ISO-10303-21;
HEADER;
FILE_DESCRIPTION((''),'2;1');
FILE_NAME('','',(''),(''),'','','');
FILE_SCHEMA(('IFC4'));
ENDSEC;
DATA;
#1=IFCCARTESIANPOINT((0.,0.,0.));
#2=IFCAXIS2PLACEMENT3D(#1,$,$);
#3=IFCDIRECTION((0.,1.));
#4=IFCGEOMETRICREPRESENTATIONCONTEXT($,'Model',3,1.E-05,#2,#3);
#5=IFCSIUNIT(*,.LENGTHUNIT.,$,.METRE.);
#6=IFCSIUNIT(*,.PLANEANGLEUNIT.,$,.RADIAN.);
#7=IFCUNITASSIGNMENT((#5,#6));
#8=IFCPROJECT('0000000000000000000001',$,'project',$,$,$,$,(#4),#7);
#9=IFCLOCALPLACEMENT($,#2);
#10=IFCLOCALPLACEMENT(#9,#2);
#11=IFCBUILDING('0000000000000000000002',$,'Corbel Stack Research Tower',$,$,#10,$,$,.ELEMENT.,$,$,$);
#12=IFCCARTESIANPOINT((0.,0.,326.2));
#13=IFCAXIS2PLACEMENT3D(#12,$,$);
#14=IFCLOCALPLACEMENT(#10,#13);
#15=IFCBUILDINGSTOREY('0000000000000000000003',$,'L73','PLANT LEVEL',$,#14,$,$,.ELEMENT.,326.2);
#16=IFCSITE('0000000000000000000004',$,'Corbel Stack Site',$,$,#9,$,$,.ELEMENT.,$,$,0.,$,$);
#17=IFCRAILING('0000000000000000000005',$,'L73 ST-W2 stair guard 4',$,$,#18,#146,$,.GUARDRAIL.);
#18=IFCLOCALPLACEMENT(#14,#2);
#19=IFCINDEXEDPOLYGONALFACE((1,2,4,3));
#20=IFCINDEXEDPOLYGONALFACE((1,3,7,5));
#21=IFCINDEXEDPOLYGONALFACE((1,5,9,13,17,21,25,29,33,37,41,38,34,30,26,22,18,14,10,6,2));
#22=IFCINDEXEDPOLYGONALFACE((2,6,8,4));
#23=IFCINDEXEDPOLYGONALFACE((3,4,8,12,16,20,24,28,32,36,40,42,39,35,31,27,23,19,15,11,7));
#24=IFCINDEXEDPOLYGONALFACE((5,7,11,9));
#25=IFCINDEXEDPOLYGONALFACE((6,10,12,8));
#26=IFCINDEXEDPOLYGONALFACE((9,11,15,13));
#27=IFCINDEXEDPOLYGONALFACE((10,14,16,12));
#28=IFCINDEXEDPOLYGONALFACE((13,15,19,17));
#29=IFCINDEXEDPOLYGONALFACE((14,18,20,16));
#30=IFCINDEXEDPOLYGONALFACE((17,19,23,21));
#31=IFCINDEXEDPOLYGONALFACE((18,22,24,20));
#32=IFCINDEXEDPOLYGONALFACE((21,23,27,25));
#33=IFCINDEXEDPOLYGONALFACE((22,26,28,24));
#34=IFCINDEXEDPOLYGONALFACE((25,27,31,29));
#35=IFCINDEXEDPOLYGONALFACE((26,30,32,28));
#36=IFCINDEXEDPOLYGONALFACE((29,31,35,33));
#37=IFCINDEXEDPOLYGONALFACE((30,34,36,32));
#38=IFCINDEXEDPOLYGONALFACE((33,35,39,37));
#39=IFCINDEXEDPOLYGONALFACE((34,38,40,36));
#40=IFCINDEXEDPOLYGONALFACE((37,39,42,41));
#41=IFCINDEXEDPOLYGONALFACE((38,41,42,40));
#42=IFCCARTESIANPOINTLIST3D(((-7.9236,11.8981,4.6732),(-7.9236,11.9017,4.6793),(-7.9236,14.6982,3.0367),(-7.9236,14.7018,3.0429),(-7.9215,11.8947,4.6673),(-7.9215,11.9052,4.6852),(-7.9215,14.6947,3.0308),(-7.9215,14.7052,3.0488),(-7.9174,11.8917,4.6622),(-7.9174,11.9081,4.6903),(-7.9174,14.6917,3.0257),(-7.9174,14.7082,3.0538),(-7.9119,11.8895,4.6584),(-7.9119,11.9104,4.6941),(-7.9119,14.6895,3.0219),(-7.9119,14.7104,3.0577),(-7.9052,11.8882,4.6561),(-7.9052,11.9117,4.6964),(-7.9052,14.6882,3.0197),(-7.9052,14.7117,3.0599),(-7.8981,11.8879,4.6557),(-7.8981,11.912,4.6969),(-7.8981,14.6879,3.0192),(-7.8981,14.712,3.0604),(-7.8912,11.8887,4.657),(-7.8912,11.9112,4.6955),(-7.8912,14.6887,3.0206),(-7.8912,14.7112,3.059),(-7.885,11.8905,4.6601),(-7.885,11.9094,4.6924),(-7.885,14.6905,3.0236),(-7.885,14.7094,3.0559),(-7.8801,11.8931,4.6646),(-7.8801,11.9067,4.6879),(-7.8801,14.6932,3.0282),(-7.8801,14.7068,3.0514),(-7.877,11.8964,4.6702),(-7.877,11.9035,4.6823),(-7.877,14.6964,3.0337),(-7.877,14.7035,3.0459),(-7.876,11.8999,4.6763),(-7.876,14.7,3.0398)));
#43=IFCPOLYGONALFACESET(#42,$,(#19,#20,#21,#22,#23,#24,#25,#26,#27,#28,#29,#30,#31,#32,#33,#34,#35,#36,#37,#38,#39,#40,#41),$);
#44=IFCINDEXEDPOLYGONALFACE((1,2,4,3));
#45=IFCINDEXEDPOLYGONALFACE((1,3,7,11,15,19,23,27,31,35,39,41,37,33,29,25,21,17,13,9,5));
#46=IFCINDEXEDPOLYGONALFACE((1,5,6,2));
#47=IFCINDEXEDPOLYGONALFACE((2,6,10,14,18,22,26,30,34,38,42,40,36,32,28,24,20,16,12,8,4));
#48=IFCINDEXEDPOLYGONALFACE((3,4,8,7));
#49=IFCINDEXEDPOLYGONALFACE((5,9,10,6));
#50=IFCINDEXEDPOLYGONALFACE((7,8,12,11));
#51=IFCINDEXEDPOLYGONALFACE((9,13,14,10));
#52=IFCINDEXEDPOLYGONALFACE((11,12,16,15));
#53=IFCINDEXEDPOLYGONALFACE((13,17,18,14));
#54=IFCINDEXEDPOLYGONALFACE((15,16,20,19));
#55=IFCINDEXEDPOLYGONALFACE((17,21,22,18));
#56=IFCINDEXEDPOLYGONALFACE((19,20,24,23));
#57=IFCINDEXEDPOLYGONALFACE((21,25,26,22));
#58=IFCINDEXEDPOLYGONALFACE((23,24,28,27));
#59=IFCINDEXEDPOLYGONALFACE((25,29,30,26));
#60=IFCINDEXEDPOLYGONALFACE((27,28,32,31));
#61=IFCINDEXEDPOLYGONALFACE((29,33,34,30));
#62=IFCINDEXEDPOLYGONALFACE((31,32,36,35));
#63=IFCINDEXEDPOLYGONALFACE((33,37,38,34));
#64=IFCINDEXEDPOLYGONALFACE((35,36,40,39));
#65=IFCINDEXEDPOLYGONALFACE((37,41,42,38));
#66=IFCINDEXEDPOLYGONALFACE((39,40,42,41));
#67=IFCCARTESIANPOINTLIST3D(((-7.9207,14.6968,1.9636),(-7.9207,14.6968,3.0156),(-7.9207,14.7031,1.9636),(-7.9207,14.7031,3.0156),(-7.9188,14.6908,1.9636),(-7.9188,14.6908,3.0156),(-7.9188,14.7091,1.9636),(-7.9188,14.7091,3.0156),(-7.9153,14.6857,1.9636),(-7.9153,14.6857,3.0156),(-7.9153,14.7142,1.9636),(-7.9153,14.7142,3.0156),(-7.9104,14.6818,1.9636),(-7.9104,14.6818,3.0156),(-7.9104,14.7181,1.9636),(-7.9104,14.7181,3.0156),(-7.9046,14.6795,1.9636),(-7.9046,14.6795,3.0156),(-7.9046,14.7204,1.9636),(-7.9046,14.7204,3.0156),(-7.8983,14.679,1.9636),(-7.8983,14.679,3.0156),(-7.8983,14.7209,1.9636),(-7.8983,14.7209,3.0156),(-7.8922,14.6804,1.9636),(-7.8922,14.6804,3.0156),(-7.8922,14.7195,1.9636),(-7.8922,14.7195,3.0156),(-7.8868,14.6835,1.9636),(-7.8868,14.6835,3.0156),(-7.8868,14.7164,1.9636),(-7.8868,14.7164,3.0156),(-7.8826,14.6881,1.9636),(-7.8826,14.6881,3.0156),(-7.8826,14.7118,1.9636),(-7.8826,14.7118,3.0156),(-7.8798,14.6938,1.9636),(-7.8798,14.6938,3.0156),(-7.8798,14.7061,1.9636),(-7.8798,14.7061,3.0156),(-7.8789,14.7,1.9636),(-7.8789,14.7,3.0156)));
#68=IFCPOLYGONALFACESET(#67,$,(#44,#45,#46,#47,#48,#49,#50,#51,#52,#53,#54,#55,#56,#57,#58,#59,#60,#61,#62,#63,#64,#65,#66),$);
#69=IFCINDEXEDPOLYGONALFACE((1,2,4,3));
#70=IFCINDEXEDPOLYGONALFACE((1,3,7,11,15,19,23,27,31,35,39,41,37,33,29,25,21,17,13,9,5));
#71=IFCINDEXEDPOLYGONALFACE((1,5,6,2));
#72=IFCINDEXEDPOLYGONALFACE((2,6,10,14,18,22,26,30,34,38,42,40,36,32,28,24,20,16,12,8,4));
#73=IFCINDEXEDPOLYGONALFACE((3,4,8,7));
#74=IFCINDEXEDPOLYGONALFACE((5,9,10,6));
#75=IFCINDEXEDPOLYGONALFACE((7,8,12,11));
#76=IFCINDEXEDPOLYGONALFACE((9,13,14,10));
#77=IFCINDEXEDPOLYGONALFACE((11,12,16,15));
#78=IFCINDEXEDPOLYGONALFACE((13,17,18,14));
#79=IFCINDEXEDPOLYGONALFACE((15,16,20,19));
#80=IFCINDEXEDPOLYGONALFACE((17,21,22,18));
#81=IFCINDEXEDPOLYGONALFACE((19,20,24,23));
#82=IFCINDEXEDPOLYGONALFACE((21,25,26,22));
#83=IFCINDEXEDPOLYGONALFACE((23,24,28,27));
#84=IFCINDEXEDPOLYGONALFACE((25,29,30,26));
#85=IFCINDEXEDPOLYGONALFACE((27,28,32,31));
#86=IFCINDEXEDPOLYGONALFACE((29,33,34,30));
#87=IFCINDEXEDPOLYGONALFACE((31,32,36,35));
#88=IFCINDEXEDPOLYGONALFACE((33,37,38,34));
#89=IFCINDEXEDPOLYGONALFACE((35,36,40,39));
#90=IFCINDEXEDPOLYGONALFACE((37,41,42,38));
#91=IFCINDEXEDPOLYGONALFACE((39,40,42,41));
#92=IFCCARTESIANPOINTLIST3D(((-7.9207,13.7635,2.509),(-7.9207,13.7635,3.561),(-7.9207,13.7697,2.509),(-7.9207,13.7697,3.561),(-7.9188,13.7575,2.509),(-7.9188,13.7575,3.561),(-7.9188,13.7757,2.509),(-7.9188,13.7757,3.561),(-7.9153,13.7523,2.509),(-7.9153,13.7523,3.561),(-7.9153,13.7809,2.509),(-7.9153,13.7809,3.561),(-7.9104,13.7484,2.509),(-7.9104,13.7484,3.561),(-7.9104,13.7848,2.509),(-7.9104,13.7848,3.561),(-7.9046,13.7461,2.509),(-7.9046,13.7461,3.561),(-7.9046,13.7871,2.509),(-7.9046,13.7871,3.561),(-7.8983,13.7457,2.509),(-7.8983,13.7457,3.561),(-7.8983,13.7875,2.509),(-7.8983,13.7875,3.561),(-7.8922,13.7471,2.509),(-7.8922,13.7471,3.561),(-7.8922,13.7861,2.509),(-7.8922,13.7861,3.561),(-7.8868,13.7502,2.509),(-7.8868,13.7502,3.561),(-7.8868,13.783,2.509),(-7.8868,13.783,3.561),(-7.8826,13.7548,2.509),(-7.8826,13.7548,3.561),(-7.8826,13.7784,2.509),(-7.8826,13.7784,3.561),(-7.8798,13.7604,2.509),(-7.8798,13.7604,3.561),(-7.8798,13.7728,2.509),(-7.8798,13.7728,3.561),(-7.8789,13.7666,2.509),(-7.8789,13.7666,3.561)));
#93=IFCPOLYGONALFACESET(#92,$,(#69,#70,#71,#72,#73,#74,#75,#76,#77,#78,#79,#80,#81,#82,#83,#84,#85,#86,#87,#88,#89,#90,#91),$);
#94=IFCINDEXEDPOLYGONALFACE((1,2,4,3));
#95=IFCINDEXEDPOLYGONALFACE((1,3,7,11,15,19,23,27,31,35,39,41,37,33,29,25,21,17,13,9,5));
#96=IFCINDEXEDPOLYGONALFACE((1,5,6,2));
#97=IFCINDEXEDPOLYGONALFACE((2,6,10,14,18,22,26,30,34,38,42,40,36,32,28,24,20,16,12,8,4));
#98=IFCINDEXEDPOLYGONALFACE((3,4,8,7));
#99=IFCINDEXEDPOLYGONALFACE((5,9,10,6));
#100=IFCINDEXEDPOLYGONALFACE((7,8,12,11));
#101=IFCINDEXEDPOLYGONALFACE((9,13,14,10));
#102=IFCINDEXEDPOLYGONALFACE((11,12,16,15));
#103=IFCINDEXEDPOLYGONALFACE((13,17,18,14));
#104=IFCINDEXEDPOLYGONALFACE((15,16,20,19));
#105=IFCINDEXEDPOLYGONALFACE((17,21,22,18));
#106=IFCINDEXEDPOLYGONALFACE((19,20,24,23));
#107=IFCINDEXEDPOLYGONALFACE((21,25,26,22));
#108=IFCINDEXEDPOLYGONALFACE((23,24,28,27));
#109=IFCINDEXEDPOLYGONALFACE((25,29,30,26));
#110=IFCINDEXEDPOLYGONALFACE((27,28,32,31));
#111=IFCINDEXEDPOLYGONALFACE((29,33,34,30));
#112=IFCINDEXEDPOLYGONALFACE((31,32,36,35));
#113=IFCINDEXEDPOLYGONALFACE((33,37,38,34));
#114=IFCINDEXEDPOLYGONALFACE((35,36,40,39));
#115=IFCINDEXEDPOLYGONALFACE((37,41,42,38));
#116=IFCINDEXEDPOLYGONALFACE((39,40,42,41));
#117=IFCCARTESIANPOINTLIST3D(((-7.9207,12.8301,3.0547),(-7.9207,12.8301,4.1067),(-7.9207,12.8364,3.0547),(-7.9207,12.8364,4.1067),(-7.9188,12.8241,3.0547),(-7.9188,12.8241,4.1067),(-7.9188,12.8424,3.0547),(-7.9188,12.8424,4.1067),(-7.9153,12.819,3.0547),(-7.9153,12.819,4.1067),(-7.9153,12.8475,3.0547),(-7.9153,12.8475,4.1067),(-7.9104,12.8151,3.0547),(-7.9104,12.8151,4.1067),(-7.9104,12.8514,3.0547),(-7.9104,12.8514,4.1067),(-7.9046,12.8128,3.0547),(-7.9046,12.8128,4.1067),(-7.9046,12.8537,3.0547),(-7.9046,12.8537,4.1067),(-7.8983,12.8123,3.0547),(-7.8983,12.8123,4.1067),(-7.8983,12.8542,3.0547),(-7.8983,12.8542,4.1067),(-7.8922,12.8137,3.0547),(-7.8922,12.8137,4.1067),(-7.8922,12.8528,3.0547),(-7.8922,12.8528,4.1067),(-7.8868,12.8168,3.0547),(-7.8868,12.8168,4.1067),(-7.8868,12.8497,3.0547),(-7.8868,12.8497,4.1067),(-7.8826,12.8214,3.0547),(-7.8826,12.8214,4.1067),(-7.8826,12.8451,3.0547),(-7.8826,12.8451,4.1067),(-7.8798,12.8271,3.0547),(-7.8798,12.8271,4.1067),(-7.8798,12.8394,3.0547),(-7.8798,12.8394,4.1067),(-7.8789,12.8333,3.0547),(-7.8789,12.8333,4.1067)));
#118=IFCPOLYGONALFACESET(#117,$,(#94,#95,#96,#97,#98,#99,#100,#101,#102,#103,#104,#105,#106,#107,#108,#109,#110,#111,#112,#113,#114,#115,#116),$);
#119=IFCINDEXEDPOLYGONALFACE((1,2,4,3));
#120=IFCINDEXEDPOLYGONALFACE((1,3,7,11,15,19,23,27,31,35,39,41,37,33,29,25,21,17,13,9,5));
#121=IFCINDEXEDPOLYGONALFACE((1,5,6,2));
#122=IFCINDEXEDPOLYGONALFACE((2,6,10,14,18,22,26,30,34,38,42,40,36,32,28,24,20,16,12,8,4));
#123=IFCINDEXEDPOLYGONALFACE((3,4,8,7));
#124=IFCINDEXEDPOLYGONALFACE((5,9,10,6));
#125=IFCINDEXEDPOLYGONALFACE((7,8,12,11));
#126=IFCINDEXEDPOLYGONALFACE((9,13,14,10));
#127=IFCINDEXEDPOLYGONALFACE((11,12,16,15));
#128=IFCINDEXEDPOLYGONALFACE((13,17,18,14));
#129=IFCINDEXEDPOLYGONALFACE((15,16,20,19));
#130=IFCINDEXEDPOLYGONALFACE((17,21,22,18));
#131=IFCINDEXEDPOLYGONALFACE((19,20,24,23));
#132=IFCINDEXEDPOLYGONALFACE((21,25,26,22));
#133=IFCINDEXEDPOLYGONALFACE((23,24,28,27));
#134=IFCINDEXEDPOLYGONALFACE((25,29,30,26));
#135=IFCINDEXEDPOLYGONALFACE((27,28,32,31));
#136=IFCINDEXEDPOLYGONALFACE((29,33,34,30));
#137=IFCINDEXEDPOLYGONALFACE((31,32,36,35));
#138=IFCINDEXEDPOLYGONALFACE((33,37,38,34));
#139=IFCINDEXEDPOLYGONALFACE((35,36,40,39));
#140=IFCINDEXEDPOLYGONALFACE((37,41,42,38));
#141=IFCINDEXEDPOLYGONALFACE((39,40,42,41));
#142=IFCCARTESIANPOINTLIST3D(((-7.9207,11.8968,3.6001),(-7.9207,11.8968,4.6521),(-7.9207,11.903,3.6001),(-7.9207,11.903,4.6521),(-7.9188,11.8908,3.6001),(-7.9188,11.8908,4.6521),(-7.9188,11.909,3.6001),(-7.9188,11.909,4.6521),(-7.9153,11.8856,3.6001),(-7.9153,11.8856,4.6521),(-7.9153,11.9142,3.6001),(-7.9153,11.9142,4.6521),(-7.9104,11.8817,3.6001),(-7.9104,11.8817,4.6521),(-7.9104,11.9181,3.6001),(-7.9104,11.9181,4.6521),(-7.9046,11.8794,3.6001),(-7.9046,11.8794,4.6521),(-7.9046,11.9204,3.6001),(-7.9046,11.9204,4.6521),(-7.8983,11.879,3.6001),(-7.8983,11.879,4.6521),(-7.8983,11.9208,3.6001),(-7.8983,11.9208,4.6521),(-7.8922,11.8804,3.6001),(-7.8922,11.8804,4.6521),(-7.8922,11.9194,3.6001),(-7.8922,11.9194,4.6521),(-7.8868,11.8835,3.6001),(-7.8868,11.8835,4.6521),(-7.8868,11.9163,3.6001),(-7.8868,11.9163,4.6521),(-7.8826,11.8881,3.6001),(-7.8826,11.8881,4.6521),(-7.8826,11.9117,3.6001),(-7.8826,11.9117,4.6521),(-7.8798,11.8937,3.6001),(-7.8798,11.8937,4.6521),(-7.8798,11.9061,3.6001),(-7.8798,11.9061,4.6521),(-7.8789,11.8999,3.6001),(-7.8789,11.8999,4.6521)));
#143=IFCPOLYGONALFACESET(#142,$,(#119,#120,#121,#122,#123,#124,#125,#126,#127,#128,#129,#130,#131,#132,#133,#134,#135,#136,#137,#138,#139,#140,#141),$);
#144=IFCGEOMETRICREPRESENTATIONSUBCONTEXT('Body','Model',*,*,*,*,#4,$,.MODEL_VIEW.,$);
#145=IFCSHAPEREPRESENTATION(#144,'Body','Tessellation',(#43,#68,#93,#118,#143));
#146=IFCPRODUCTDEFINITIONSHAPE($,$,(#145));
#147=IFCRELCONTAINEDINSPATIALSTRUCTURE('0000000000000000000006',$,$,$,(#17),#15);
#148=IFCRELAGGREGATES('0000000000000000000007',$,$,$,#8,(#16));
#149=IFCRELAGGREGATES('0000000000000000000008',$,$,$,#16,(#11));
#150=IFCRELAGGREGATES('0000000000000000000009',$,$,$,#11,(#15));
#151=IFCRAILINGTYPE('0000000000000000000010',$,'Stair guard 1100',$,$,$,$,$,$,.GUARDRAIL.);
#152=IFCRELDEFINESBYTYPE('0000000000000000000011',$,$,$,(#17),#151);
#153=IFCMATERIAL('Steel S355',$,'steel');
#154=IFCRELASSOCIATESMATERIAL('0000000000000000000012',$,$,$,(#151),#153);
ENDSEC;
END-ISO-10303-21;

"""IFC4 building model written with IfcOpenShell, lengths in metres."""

from ifc_helpers import new_model, si_unit, direction, frame, origin, origin_2d, place, context, subcontext, project, spatial, circle, extrude, material, type_object, element, save


model = new_model("IFC4")

# Units and contexts
model_context = context("Model", 3, precision=1e-05, world=origin(), true_north=direction((0.0, 1.0)))
body_context = subcontext(model_context, "Body", "Model", "MODEL_VIEW")
ifc_project = project(units=[si_unit("LENGTHUNIT", "METRE"), si_unit("PLANEANGLEUNIT", "RADIAN")], contexts=[model_context])

# Site, building, storey
site_placement = place(None, origin())
site = spatial("IfcSite", under=ifc_project, at=site_placement, Name="Corbel Stack Site", CompositionType="ELEMENT", RefElevation=0.0)
building_placement = place(site_placement, origin())
building = spatial("IfcBuilding", under=site, at=building_placement, Name="Corbel Stack Research Tower", CompositionType="ELEMENT")
storey_placement = place(building_placement, frame((0.0, 0.0, 326.2)))
storey = spatial("IfcBuildingStorey", under=building, at=storey_placement, Name="L73", Description="PLANT LEVEL", CompositionType="ELEMENT", Elevation=326.2)

# Railing
ifc_material_1 = material(Name="Steel S355", Category="steel")
railing_type_1 = type_object("IfcRailingType", Name="Stair guard 1100", PredefinedType="GUARDRAIL", material=ifc_material_1)
railing_1_placement = place(storey_placement, frame((-7.8999, 14.7, 1.9636)))
element("IfcRailing", 1, at=railing_1_placement, inside=storey, type_object=railing_type_1, Name="L73 ST-W2 stair guard 4", PredefinedType="GUARDRAIL", context=body_context, shape_type="SweptSolid", body=[
    extrude(circle(Radius=0.0239, at=origin_2d()), frame((0.0, 0.0, 1.0762), z_axis=(0.0, -0.863361, 0.504587), x_axis=(1.0, 0.0, 0.0)), (0.0, 0.0, 1.0), 3.2432),
    extrude(circle(Radius=0.021, at=origin_2d()), origin(), (0.0, 0.0, 1.0), 1.052),
    extrude(circle(Radius=0.021, at=origin_2d()), frame((0.0, -0.9333, 0.5454)), (0.0, 0.0, 1.0), 1.052),
    extrude(circle(Radius=0.021, at=origin_2d()), frame((0.0, -1.8667, 1.0911)), (0.0, 0.0, 1.0), 1.052),
    extrude(circle(Radius=0.021, at=origin_2d()), frame((0.0, -2.8, 1.6365)), (0.0, 0.0, 1.0), 1.052),
])

save(model, "model.ifc")
